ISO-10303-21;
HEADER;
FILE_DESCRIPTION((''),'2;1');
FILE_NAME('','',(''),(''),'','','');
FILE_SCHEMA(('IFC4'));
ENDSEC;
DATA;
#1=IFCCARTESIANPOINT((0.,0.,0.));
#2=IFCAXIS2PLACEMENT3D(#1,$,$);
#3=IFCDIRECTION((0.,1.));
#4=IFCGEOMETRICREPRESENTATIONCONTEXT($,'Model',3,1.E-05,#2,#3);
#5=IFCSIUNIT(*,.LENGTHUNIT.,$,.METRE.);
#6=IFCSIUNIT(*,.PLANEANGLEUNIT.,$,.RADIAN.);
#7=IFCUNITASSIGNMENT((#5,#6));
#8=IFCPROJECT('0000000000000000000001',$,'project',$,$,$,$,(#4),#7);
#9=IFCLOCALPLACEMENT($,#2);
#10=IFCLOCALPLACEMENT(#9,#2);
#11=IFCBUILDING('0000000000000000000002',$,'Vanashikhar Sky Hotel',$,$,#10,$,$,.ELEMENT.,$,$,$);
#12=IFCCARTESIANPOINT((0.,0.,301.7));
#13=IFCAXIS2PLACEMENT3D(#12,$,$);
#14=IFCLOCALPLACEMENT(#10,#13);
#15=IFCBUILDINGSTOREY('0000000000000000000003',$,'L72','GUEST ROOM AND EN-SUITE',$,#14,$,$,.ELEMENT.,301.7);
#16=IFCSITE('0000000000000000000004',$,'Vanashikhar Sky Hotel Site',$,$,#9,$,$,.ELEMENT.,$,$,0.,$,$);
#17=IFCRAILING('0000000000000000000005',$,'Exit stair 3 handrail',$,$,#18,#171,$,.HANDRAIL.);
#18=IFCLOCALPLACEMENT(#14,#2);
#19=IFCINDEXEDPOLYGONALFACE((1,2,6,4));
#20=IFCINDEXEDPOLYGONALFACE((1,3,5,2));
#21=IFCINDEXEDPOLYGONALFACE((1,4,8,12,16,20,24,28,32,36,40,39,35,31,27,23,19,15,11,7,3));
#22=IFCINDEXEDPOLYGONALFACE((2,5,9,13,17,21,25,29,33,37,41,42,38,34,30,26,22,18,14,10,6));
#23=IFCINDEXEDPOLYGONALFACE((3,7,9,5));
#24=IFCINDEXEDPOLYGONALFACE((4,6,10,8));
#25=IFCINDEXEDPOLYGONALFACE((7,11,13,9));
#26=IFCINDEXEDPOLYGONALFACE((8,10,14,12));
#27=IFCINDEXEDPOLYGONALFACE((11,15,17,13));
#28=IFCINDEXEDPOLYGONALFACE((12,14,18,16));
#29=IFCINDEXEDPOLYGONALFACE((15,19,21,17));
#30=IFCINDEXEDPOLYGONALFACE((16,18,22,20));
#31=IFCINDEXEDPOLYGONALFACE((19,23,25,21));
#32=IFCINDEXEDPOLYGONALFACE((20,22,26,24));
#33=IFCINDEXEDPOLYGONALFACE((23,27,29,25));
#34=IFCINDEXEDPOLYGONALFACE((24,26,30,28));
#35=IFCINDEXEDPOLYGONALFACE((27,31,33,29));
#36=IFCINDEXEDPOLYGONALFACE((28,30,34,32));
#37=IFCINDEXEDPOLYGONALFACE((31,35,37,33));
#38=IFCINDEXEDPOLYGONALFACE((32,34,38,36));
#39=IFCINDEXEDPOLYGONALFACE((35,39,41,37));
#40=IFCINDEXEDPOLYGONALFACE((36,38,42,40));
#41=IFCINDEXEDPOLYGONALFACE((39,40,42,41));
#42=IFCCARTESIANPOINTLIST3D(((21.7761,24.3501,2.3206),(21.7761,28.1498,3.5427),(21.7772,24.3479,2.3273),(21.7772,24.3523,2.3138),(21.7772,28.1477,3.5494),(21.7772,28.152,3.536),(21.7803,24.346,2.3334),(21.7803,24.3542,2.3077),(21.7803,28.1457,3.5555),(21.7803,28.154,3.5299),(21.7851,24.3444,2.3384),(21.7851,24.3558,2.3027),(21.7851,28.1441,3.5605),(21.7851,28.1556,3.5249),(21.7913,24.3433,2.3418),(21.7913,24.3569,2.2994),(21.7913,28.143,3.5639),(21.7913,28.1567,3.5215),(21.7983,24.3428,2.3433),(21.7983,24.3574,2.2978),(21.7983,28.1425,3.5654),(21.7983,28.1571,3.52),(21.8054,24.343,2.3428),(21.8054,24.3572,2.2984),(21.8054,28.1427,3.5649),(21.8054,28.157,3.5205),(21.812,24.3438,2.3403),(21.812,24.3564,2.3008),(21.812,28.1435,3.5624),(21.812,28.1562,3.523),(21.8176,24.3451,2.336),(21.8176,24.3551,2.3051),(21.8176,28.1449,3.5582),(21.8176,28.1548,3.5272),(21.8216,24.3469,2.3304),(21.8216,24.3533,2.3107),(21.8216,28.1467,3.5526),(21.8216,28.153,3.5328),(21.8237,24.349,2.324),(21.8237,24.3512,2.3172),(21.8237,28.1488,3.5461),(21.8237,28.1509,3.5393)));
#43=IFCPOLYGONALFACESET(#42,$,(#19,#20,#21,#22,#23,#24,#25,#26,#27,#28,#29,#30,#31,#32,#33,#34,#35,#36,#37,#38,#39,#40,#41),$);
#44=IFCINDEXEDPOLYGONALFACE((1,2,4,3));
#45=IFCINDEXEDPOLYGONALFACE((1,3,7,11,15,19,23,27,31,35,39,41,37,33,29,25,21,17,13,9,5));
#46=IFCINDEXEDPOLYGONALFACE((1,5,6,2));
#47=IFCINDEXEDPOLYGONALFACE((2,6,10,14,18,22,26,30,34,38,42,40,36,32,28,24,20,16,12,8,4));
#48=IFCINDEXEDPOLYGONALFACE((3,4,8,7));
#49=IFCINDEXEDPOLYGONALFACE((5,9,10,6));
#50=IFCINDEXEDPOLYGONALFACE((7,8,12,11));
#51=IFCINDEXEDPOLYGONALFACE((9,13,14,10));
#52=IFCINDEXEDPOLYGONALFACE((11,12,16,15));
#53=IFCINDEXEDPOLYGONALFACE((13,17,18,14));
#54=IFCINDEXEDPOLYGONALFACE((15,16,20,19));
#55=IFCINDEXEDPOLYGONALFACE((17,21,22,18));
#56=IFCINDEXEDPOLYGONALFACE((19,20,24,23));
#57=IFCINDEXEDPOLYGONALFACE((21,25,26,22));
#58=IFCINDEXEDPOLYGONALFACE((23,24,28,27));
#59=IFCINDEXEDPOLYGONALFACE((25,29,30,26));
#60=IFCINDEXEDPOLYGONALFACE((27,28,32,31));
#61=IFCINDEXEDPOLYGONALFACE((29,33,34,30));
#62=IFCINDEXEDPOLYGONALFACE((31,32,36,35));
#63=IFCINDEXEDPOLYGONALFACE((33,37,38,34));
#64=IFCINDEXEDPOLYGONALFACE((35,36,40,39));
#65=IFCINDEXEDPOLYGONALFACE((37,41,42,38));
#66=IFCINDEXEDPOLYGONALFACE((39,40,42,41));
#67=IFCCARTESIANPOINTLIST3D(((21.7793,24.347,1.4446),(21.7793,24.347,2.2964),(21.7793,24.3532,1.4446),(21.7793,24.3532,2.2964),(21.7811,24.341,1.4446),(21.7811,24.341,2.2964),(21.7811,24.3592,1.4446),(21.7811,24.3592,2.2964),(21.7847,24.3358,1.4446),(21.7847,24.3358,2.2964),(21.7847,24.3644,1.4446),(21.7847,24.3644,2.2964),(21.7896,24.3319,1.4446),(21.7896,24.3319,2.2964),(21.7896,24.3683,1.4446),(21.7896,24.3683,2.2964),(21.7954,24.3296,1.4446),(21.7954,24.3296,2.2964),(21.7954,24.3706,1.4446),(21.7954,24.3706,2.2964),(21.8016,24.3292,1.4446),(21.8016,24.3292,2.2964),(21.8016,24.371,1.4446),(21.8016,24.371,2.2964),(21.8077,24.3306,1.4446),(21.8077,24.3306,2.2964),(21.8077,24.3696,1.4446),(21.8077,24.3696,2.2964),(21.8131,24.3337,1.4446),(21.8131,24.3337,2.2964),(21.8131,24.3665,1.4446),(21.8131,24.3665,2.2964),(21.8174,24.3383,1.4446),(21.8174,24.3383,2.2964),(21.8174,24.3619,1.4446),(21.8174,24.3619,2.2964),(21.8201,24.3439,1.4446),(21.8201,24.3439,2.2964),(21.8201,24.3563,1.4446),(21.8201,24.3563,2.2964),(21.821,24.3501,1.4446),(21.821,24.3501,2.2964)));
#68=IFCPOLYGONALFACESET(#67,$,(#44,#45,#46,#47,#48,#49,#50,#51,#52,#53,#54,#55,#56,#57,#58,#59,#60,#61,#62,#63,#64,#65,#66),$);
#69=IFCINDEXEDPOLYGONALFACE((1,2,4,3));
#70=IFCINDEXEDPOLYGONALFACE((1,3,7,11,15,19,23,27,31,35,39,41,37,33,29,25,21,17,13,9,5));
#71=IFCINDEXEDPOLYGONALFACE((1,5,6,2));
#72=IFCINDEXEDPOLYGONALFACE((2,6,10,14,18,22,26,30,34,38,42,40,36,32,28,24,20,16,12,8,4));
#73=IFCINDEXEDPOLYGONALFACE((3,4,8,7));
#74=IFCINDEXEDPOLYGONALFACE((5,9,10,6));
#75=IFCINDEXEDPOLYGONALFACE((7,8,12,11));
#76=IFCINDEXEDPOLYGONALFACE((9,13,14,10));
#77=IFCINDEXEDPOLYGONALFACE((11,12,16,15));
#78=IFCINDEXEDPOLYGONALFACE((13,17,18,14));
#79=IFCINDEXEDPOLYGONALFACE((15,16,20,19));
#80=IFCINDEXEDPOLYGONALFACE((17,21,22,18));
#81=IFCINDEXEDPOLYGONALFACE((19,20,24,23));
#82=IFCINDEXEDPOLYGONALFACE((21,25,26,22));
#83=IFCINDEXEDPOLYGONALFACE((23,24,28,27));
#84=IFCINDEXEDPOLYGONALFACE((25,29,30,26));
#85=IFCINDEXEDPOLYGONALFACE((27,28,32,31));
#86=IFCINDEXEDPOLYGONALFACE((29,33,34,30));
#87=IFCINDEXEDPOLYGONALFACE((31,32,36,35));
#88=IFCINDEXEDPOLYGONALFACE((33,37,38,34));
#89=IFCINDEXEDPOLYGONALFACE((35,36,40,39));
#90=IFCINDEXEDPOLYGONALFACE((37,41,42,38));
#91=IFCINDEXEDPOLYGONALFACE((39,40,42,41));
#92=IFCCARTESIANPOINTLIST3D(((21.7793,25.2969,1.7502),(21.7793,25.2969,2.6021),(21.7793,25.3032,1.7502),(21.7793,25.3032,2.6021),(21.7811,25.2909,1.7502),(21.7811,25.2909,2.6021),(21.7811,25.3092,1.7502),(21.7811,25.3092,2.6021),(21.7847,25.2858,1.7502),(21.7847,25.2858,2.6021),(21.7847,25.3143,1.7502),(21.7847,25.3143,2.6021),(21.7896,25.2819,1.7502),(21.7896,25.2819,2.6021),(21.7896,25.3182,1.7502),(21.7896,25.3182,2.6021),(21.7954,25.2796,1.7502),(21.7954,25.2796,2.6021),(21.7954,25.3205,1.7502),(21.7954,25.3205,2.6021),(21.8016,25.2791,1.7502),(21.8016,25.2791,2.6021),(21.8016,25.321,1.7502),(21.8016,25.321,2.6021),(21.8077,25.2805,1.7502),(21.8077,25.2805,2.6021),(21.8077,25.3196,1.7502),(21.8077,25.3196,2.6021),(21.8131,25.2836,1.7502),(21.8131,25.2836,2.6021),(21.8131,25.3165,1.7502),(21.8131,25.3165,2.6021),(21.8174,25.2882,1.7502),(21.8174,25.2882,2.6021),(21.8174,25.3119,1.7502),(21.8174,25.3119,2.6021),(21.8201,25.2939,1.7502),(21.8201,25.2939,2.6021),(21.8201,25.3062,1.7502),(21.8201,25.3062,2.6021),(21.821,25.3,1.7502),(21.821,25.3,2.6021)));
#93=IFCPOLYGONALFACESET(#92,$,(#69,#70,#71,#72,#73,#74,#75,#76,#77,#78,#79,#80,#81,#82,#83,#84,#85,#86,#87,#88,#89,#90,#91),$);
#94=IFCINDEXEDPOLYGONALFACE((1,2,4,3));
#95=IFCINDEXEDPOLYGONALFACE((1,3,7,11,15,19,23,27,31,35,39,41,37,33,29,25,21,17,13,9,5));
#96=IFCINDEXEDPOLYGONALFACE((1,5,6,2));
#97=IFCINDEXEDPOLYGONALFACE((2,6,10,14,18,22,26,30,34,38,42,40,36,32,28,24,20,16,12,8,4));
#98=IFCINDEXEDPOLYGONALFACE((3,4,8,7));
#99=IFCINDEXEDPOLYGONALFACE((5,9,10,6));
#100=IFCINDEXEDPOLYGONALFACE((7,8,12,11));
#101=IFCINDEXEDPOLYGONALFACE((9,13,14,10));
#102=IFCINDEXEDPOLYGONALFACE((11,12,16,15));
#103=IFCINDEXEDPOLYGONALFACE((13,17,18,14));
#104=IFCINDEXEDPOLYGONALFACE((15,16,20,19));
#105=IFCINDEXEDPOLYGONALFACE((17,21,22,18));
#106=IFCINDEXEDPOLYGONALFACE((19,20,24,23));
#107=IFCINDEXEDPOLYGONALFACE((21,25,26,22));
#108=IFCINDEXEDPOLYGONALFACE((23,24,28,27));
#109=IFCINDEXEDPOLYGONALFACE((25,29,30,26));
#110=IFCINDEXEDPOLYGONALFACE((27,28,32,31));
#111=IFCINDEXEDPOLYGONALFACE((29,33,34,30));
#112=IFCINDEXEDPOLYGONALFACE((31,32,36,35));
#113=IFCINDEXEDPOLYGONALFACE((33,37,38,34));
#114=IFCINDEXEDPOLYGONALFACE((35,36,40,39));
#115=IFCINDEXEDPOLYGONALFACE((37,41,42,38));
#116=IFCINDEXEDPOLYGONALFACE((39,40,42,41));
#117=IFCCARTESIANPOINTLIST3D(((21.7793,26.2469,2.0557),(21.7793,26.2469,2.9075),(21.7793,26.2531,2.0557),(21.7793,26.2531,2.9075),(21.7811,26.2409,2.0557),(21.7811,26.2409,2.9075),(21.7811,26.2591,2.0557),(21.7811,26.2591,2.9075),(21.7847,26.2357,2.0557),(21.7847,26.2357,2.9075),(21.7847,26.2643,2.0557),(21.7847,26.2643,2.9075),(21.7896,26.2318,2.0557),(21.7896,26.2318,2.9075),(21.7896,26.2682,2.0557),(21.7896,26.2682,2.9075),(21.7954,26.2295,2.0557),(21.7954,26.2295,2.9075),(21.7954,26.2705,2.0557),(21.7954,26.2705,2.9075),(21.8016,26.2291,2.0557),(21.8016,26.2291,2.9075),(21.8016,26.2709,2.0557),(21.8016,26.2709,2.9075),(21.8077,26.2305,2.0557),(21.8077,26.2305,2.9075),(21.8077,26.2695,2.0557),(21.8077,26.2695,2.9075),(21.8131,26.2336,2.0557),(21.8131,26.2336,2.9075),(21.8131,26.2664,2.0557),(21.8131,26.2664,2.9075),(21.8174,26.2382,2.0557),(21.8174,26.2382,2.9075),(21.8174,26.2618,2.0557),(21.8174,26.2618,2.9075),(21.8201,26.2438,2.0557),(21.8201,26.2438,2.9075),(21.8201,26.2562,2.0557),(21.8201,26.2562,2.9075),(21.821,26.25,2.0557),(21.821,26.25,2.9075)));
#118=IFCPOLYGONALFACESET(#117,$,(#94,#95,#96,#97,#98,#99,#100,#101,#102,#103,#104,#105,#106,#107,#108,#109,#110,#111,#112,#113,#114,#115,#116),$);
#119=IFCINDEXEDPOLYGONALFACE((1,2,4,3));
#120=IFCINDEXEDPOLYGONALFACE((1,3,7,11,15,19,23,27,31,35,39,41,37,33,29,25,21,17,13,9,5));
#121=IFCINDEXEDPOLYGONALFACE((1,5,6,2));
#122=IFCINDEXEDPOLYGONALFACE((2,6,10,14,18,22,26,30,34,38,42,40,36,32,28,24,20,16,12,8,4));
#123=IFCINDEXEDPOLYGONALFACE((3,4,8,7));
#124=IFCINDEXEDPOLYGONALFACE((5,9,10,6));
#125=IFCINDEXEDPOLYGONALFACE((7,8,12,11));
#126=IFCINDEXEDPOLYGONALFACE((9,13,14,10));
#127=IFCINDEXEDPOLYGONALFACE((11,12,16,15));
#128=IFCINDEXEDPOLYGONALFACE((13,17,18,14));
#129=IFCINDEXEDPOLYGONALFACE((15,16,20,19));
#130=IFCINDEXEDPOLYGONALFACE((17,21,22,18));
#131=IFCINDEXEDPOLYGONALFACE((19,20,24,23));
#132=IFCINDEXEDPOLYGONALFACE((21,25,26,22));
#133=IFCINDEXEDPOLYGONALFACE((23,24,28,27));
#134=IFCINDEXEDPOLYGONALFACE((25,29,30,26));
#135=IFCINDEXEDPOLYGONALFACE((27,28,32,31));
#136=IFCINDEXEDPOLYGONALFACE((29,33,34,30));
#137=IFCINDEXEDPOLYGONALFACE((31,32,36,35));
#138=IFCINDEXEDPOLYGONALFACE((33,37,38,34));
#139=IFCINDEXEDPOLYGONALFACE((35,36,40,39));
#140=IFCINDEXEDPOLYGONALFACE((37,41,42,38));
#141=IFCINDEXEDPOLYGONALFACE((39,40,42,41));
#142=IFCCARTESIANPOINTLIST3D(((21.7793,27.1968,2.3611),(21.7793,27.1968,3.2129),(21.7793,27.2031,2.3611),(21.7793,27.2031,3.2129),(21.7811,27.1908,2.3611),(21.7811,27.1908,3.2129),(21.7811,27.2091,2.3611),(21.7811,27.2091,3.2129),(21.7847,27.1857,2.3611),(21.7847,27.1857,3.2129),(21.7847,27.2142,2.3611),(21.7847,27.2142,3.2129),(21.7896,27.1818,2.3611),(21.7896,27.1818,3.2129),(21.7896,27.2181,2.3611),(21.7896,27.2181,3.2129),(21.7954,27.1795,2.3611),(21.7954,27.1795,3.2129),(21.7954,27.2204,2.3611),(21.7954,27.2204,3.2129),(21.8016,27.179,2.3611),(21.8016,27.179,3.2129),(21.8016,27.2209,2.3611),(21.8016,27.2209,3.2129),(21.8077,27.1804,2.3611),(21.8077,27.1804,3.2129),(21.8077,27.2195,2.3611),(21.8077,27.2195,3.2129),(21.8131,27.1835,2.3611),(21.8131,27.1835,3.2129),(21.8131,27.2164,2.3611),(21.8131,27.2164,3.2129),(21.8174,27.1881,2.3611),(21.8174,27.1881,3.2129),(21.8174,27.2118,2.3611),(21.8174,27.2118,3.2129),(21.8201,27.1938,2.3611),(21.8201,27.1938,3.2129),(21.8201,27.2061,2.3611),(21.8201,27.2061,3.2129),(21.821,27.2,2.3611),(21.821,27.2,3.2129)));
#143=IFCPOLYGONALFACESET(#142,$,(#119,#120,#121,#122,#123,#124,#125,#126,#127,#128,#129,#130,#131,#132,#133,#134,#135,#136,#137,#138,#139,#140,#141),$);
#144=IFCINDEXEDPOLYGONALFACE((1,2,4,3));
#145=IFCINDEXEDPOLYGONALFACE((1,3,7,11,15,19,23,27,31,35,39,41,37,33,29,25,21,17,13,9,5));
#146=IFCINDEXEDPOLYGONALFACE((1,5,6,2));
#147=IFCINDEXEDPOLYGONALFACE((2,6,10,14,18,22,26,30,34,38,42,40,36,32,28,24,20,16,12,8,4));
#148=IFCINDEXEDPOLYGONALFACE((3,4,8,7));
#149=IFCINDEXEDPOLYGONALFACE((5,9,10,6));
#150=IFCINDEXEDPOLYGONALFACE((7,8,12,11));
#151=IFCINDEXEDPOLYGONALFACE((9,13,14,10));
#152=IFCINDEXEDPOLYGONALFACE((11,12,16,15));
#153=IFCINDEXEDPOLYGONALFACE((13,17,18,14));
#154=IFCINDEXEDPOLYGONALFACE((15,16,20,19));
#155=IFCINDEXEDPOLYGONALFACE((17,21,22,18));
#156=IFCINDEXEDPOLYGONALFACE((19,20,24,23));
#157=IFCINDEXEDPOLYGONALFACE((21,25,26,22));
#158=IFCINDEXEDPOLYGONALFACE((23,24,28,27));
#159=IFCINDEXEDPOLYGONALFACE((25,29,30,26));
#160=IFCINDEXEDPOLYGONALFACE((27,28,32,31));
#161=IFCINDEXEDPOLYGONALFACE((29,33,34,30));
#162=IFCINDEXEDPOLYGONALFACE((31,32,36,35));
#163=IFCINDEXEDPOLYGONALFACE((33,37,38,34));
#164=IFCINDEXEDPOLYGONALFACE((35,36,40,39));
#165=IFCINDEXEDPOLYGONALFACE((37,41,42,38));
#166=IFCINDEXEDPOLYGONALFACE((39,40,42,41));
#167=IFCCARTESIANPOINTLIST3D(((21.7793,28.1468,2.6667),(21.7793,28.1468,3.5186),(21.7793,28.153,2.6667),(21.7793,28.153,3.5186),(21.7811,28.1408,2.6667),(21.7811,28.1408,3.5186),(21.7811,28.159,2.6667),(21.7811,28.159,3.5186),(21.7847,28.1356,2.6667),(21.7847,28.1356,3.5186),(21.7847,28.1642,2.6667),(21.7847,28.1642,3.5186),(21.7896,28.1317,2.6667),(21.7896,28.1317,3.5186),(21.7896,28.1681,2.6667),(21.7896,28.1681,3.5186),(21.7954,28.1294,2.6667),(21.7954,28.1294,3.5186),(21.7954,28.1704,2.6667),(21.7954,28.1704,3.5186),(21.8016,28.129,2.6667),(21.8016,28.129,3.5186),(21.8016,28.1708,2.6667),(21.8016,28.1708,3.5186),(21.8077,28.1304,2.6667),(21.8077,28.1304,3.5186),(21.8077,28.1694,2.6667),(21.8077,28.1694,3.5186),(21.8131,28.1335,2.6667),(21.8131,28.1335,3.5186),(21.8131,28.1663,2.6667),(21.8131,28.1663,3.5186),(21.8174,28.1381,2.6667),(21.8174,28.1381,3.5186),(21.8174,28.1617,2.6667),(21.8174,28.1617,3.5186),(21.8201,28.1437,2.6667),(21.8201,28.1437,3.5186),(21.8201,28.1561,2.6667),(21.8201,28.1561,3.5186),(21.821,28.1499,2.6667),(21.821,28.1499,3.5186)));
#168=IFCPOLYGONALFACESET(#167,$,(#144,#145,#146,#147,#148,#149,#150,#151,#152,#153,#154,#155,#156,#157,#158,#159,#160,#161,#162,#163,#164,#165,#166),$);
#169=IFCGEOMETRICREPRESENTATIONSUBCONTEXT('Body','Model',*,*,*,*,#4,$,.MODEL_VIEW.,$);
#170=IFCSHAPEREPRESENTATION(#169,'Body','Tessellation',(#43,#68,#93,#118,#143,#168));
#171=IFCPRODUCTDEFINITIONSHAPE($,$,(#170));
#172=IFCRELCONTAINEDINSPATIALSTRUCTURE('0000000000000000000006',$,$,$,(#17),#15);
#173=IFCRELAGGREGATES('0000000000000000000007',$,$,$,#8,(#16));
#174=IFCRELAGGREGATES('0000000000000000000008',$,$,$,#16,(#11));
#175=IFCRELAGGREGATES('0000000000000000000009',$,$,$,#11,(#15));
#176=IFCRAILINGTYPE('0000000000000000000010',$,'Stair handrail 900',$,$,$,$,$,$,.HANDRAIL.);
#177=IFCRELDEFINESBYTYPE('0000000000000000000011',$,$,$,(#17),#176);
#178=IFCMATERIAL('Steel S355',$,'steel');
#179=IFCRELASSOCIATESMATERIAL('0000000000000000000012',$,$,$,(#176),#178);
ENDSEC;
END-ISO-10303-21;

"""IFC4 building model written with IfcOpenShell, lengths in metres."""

from ifc_helpers import new_model, si_unit, direction, frame, origin, origin_2d, place, context, subcontext, project, spatial, circle, extrude, source, transform, mapped, material, type_object, element, save


model = new_model("IFC4")

# Units and contexts
model_context = context("Model", 3, precision=1e-05, world=origin(), true_north=direction((0.0, 1.0)))
body_context = subcontext(model_context, "Body", "Model", "MODEL_VIEW")
ifc_project = project(units=[si_unit("LENGTHUNIT", "METRE"), si_unit("PLANEANGLEUNIT", "RADIAN")], contexts=[model_context])

# Site, building, storey
site_placement = place(None, origin())
site = spatial("IfcSite", under=ifc_project, at=site_placement, Name="Vanashikhar Sky Hotel Site", CompositionType="ELEMENT", RefElevation=0.0)
building_placement = place(site_placement, origin())
building = spatial("IfcBuilding", under=site, at=building_placement, Name="Vanashikhar Sky Hotel", CompositionType="ELEMENT")
storey_placement = place(building_placement, frame((0.0, 0.0, 301.7)))
storey = spatial("IfcBuildingStorey", under=building, at=storey_placement, Name="L72", Description="GUEST ROOM AND EN-SUITE", CompositionType="ELEMENT", Elevation=301.7)

# Railing
ifc_material_1 = material(Name="Steel S355", Category="steel")
railing_type = type_object("IfcRailingType", Name="Stair handrail 900", PredefinedType="HANDRAIL", material=ifc_material_1)
shared_shape_1 = source(origin(), body_context, "Body", "SweptSolid", [
    extrude(circle(Radius=0.0239, at=origin_2d()), frame((0.0, 0.0, 0.876), z_axis=(0.0, 0.95197, 0.306191), x_axis=(-1.0, 0.0, 0.0)), (0.0, 0.0, 1.0), 3.9915),
    extrude(circle(Radius=0.021, at=origin_2d()), origin(), (0.0, 0.0, 1.0), 0.8518),
    extrude(circle(Radius=0.021, at=origin_2d()), frame((0.0, 0.95, 0.3057)), (0.0, 0.0, 1.0), 0.8518),
    extrude(circle(Radius=0.021, at=origin_2d()), frame((0.0, 1.8999, 0.6111)), (0.0, 0.0, 1.0), 0.8518),
    extrude(circle(Radius=0.021, at=origin_2d()), frame((0.0, 2.8499, 0.9165)), (0.0, 0.0, 1.0), 0.8518),
    extrude(circle(Radius=0.021, at=origin_2d()), frame((0.0, 3.7998, 1.2222)), (0.0, 0.0, 1.0), 0.8518),
])
railing_1_placement = place(storey_placement, frame((21.8, 24.3501, 1.4446)))
element("IfcRailing", 1, at=railing_1_placement, inside=storey, type_object=railing_type, Name="Exit stair 3 handrail", PredefinedType="HANDRAIL", context=body_context, shape_type="MappedRepresentation", body=[
    mapped(shared_shape_1, transform((0.0, 0.0, 0.0), scale=1.0)),
])

save(model, "model.ifc")
